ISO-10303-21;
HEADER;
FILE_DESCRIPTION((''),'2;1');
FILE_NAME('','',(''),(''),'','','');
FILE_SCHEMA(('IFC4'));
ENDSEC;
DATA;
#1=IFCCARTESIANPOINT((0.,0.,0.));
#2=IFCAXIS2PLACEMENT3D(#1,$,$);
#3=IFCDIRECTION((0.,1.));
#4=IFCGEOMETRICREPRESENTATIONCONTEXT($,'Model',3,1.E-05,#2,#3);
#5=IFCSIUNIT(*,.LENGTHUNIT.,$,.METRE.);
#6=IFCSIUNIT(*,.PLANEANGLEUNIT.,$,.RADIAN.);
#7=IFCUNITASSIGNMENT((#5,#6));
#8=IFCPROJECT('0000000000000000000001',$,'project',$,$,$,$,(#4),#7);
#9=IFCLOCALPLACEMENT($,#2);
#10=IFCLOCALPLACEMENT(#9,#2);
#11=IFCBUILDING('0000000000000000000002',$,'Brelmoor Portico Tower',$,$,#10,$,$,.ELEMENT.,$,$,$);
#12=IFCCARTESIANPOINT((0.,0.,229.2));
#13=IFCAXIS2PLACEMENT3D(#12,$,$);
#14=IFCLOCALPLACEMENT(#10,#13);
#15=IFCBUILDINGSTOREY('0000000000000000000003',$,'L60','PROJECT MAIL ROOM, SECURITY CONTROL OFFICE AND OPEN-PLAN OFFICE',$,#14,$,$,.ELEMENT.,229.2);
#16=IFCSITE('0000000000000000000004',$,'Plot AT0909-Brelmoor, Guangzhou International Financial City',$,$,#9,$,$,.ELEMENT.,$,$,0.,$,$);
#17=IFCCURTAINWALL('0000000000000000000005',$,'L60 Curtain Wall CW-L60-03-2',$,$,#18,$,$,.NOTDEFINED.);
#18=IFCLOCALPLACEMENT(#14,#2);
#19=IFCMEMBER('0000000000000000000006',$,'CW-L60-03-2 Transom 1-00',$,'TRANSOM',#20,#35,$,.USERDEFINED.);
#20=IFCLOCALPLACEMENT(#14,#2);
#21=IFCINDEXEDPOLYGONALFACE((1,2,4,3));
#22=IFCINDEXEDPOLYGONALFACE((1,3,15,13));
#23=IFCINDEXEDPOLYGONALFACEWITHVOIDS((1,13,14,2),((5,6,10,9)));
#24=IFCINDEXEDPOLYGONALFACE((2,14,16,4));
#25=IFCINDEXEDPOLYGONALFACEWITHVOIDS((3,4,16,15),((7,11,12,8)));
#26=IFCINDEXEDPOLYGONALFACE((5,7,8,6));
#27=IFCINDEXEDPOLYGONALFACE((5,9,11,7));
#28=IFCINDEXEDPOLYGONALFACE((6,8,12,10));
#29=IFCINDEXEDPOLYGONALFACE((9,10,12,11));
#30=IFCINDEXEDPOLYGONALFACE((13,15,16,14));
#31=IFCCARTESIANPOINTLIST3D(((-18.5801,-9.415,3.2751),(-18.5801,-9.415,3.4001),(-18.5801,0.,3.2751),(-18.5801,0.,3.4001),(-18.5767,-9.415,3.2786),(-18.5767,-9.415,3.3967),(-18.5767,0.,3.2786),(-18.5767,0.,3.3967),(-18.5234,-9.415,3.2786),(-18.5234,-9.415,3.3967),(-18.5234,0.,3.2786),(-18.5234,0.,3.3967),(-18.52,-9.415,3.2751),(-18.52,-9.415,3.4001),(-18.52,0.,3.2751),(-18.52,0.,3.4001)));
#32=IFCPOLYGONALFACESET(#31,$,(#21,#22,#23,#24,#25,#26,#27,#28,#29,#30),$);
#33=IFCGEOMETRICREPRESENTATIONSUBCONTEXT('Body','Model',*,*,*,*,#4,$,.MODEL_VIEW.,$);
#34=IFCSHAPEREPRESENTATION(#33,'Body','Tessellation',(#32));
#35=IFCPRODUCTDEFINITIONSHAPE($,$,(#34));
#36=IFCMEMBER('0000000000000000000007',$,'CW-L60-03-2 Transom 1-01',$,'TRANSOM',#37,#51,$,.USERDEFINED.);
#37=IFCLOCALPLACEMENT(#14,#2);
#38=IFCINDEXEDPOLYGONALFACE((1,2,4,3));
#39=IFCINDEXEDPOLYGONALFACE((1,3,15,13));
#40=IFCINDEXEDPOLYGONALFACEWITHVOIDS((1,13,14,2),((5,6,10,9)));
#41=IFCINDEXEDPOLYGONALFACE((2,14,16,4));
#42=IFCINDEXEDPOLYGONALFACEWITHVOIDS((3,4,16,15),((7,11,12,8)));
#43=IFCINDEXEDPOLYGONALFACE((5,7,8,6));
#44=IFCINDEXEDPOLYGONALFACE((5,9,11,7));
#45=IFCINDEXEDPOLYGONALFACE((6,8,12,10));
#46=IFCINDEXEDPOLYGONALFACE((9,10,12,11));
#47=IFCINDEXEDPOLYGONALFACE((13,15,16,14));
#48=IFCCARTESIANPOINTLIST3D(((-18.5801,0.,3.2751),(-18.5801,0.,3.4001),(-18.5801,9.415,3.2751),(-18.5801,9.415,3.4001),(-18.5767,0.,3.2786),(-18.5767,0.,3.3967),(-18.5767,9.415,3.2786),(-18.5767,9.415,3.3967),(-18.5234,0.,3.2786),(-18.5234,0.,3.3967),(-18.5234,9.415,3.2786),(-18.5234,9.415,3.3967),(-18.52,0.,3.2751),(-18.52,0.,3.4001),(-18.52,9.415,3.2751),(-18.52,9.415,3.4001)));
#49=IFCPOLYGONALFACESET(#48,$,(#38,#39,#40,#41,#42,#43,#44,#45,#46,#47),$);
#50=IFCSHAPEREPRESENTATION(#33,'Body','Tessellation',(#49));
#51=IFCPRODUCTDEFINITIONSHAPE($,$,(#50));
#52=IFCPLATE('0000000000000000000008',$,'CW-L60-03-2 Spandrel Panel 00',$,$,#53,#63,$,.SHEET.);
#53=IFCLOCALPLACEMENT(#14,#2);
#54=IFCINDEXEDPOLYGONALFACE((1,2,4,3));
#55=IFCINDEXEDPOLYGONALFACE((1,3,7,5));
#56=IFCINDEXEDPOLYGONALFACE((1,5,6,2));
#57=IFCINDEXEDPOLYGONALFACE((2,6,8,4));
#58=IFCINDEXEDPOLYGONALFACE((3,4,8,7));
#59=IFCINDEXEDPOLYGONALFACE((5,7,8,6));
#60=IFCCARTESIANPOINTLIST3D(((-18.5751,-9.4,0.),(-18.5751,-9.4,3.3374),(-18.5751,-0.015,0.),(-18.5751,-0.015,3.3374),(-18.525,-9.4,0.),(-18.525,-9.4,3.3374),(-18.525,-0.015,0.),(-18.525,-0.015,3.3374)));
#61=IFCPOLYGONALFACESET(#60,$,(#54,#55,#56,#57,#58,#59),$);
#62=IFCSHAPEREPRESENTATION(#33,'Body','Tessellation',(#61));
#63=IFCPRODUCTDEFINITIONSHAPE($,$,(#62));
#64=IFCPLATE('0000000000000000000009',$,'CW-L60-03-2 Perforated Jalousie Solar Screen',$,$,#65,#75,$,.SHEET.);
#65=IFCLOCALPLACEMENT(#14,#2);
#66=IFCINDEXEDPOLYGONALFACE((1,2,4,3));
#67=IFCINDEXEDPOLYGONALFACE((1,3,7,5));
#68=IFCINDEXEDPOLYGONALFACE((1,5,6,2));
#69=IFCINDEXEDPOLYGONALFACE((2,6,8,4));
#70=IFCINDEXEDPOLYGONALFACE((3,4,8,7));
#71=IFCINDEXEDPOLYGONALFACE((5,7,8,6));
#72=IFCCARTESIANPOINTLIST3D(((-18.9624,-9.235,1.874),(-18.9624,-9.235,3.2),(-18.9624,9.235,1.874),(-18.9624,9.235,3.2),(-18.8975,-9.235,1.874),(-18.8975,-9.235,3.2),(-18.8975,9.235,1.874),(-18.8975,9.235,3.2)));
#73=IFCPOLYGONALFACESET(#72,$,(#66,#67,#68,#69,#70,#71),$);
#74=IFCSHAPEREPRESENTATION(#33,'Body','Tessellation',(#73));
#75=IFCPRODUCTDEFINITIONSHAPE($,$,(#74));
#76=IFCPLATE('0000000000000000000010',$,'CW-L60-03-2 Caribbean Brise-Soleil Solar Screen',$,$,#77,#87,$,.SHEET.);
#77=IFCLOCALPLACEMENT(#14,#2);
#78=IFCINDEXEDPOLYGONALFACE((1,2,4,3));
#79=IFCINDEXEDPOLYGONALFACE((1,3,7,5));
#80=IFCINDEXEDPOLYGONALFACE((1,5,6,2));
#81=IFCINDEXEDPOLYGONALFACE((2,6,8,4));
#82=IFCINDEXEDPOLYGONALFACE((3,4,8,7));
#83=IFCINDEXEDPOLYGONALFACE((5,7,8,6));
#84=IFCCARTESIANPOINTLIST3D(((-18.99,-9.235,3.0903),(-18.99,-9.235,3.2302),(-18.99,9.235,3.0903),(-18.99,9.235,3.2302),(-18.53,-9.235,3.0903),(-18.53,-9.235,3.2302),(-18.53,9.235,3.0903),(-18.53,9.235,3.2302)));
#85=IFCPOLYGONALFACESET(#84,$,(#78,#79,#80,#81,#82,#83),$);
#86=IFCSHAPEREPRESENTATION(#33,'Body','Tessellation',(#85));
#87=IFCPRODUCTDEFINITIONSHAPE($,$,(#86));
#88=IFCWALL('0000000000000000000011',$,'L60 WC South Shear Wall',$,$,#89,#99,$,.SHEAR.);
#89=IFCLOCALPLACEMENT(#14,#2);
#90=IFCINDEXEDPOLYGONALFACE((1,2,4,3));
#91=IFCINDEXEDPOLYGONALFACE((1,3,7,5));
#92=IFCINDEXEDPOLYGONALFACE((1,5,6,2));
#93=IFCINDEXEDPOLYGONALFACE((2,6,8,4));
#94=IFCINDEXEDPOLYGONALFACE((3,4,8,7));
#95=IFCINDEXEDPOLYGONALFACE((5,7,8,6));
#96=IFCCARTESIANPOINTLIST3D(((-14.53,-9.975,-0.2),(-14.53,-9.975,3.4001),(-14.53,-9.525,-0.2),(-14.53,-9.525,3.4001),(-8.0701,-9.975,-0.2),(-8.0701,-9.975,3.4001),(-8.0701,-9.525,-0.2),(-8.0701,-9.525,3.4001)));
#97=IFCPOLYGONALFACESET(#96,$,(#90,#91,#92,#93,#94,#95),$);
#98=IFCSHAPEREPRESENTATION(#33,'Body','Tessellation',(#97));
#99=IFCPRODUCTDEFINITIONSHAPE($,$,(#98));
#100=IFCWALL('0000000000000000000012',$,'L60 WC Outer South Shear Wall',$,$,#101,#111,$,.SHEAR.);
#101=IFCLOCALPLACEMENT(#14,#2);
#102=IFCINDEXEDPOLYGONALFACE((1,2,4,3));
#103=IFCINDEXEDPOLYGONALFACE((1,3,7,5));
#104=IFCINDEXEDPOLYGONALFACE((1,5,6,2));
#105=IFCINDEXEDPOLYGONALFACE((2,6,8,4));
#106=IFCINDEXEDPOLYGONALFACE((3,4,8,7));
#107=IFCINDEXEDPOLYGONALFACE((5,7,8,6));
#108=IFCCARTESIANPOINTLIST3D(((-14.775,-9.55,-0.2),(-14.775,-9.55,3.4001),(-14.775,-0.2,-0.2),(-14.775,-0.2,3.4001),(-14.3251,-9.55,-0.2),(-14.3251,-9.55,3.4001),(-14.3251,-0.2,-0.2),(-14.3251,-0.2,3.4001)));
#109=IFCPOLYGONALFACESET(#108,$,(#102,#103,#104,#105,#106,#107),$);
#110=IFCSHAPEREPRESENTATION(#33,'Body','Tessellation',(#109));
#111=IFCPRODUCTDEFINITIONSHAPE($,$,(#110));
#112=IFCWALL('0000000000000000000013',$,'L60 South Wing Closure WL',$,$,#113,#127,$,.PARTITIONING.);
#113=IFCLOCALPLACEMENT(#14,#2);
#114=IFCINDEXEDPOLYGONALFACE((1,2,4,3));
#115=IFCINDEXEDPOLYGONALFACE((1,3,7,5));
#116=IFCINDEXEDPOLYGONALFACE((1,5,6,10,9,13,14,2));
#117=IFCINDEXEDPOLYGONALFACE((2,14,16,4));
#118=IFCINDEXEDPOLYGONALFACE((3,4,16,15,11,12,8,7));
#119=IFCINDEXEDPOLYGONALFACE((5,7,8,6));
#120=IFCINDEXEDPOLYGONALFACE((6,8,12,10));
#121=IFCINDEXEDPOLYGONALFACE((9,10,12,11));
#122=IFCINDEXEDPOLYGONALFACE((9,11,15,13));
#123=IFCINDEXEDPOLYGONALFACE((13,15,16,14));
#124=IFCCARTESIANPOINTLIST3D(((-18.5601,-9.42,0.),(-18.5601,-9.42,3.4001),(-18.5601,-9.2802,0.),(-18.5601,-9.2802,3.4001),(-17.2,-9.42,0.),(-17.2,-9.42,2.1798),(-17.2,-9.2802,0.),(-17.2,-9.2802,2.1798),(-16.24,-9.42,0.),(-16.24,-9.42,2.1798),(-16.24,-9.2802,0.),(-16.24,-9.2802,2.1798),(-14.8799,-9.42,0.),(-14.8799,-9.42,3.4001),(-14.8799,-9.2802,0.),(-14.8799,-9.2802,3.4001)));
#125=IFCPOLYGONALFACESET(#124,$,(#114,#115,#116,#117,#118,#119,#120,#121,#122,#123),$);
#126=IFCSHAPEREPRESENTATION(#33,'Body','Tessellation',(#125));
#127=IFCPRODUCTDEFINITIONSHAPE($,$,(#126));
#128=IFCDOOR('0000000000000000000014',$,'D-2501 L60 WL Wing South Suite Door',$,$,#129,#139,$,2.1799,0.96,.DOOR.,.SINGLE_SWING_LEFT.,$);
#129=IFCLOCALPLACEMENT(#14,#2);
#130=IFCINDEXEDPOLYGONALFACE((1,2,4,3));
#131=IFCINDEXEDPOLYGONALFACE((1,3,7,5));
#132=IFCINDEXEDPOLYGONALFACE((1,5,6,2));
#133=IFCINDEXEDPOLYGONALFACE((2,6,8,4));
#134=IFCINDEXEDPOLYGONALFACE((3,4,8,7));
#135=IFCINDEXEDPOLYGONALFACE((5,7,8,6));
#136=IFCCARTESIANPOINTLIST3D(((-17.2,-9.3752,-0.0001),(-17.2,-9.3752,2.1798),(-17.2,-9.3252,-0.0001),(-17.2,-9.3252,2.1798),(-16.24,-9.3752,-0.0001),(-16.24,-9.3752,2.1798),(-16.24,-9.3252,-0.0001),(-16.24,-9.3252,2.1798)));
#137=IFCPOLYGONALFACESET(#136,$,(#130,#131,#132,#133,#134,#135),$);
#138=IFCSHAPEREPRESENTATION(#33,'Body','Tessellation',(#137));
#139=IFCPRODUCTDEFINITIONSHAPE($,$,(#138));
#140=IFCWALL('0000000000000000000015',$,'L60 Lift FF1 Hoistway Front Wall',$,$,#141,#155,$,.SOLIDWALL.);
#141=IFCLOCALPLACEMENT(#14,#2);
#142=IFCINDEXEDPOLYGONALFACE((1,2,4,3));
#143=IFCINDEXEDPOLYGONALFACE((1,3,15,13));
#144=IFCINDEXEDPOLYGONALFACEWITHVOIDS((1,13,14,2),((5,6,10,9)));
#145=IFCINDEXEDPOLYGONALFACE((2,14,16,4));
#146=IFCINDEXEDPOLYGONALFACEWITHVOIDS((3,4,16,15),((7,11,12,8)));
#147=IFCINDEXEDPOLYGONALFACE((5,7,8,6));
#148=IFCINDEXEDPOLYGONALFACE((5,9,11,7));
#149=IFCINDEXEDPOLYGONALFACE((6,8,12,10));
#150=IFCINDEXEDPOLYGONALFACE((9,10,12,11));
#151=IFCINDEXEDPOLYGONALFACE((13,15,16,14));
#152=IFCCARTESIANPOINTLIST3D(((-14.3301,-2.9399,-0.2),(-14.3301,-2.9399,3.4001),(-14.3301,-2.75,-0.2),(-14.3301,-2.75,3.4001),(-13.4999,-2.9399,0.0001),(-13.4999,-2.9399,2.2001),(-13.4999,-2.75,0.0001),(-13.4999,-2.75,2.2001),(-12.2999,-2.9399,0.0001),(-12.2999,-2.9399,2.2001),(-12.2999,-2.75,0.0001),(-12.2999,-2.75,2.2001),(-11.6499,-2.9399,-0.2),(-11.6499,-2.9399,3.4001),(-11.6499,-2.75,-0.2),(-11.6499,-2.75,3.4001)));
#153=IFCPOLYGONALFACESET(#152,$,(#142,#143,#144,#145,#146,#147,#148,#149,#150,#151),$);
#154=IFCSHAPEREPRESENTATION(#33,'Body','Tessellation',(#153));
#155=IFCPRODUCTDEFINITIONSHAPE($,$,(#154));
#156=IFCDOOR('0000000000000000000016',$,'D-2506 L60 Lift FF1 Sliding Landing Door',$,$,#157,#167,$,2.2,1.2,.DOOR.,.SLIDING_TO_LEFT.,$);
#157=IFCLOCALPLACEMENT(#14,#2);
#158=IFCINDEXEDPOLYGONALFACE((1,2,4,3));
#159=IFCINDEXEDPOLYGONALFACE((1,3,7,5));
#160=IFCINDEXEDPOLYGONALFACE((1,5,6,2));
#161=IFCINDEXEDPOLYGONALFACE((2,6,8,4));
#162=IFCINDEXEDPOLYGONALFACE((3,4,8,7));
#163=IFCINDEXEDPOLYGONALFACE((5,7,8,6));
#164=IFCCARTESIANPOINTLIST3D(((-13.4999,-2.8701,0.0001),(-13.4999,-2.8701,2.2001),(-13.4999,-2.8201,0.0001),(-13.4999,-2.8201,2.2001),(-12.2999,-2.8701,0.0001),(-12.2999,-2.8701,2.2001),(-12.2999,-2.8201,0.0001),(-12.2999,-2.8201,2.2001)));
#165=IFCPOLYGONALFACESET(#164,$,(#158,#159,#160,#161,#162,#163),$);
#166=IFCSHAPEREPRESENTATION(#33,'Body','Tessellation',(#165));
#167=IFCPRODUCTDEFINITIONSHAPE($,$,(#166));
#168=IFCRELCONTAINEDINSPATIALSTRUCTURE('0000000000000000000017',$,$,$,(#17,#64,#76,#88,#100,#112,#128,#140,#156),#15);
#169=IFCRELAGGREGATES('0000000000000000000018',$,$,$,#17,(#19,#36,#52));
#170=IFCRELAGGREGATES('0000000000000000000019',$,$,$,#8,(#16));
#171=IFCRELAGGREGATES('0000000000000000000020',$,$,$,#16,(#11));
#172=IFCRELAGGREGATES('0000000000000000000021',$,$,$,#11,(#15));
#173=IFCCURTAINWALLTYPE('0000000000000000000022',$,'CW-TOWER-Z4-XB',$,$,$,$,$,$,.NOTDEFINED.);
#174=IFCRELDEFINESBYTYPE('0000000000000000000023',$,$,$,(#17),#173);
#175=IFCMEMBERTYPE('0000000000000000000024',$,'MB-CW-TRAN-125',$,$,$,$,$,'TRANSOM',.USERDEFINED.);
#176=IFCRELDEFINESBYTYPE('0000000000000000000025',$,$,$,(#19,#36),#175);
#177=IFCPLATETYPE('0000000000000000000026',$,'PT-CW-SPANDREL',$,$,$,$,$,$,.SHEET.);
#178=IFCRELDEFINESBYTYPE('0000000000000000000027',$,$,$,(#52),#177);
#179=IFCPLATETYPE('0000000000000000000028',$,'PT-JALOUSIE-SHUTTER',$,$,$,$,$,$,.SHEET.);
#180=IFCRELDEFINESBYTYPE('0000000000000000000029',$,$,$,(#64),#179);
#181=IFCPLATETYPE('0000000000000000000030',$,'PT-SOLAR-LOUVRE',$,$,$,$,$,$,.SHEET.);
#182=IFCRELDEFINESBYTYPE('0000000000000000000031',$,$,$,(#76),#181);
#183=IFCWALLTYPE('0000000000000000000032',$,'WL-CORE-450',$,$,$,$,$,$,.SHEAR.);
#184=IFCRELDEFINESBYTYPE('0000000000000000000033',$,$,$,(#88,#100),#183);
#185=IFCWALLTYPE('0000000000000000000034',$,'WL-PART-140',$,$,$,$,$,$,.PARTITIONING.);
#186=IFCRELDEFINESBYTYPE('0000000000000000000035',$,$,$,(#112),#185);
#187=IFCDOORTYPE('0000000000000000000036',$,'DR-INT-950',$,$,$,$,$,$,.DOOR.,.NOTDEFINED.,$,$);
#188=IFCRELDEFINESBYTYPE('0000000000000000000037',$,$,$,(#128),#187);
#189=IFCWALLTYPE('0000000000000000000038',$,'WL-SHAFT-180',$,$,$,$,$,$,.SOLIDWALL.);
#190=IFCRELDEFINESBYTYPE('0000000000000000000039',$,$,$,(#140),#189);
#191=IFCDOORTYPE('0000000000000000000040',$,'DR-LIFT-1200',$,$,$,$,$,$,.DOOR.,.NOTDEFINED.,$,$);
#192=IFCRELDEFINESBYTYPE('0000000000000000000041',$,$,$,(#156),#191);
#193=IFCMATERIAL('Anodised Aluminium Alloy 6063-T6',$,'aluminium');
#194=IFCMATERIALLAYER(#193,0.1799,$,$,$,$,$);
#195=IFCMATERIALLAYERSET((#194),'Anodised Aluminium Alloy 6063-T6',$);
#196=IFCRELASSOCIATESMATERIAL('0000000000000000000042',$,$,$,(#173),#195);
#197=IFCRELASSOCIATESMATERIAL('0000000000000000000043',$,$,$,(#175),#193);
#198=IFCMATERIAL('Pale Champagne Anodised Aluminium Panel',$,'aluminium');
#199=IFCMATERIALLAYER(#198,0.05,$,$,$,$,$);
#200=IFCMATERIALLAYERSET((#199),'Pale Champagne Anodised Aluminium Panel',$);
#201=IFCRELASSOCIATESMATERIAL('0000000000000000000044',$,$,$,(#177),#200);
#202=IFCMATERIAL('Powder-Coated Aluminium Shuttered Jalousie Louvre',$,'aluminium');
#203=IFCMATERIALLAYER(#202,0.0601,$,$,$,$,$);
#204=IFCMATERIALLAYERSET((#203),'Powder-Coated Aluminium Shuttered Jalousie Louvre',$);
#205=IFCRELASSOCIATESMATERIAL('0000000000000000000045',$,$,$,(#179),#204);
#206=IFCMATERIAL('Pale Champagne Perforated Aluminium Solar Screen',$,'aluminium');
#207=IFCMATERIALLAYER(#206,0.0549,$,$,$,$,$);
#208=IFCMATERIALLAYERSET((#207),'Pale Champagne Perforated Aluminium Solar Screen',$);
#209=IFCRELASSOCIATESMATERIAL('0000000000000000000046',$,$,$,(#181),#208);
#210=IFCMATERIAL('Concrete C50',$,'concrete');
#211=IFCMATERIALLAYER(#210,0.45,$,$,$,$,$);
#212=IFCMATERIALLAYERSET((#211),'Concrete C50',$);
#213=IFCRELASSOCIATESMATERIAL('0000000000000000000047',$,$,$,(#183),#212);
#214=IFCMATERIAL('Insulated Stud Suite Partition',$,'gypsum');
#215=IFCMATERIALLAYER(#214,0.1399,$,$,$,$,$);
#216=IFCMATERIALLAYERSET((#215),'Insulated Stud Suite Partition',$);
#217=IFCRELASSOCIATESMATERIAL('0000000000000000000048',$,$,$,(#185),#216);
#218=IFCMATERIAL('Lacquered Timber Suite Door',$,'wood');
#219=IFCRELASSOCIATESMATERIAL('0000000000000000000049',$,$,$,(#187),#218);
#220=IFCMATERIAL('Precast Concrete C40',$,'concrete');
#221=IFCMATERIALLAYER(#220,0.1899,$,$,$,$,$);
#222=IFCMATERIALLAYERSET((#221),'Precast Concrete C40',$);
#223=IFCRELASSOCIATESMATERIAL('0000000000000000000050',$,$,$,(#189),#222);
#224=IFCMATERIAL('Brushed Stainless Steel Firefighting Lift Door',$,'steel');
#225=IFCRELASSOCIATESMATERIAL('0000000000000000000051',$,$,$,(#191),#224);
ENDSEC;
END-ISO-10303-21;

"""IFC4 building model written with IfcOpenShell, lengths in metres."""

from ifc_helpers import new_model, si_unit, direction, frame, frame_2d, origin, origin_2d, place, context, subcontext, project, spatial, rectangle, hollow_rectangle, extrude, material, layer, layer_set, material_profile, profile_set, type_object, element, fill, aggregate, save


model = new_model("IFC4")

# Units and contexts
model_context = context("Model", 3, precision=1e-05, world=origin(), true_north=direction((0.0, 1.0)))
body_context = subcontext(model_context, "Body", "Model", "MODEL_VIEW")
ifc_project = project(units=[si_unit("LENGTHUNIT", "METRE"), si_unit("PLANEANGLEUNIT", "RADIAN")], contexts=[model_context])

# Site, building, storey
site_placement = place(None, origin())
site = spatial("IfcSite", under=ifc_project, at=site_placement, Name="Plot AT0909-Brelmoor, Guangzhou International Financial City", CompositionType="ELEMENT", RefElevation=0.0)
building_placement = place(site_placement, origin())
building = spatial("IfcBuilding", under=site, at=building_placement, Name="Brelmoor Portico Tower", CompositionType="ELEMENT")
storey_placement = place(building_placement, frame((0.0, 0.0, 229.2)))
storey = spatial("IfcBuildingStorey", under=building, at=storey_placement, Name="L60", Description="PROJECT MAIL ROOM, SECURITY CONTROL OFFICE AND OPEN-PLAN OFFICE", CompositionType="ELEMENT", Elevation=229.2)

# Curtain wall, members, plate
ifc_material_1 = material(Name="Anodised Aluminium Alloy 6063-T6", Category="aluminium")
ifc_layer_1 = layer(ifc_material_1, 0.1799)
ifc_layer_set_1 = layer_set([ifc_layer_1], Name="Anodised Aluminium Alloy 6063-T6")
curtain_wall_type = type_object("IfcCurtainWallType", Name="CW-TOWER-Z4-XB", PredefinedType="NOTDEFINED", material=ifc_layer_set_1)
curtain_wall_placement = place(storey_placement, origin())
curtain_wall = element("IfcCurtainWall", 1, at=curtain_wall_placement, inside=storey, type_object=curtain_wall_type, Name="L60 Curtain Wall CW-L60-03-2", PredefinedType="NOTDEFINED")
ifc_material_profile_1 = material_profile(ifc_material_1, hollow_rectangle(XDim=0.0601, YDim=0.125, WallThickness=0.0034, at=origin_2d()), Name="ALU TRANSOM 60x125")
ifc_profile_set_1 = profile_set([ifc_material_profile_1], Name="Anodised Aluminium Alloy 6063-T6")
member_type_1 = type_object("IfcMemberType", Name="MB-CW-TRAN-125", ElementType="TRANSOM", PredefinedType="USERDEFINED", material=ifc_profile_set_1)
member_1_placement = place(storey_placement, frame((-18.55, -9.415, 3.3376), z_axis=(0.0, 1.0, 0.0), x_axis=(-1.0, 0.0, 0.0)))
member_1 = element("IfcMember", 2, at=member_1_placement, type_object=member_type_1, Name="CW-L60-03-2 Transom 1-00", ObjectType="TRANSOM", PredefinedType="USERDEFINED", context=body_context, shape_type="SweptSolid", body=[
    extrude(hollow_rectangle(XDim=0.0601, YDim=0.125, WallThickness=0.0034, at=origin_2d()), origin(), (0.0, 0.0, 1.0), 9.415),
])
member_2_placement = place(storey_placement, frame((-18.55, 0.0, 3.3376), z_axis=(0.0, 1.0, 0.0), x_axis=(-1.0, 0.0, 0.0)))
member_2 = element("IfcMember", 3, at=member_2_placement, type_object=member_type_1, Name="CW-L60-03-2 Transom 1-01", ObjectType="TRANSOM", PredefinedType="USERDEFINED", context=body_context, shape_type="SweptSolid", body=[
    extrude(hollow_rectangle(XDim=0.0601, YDim=0.125, WallThickness=0.0034, at=origin_2d()), origin(), (0.0, 0.0, 1.0), 9.415),
])
ifc_material_2 = material(Name="Pale Champagne Anodised Aluminium Panel", Category="aluminium")
ifc_layer_2 = layer(ifc_material_2, 0.05)
ifc_layer_set_2 = layer_set([ifc_layer_2], Name="Pale Champagne Anodised Aluminium Panel")
plate_type_1 = type_object("IfcPlateType", Name="PT-CW-SPANDREL", PredefinedType="SHEET", material=ifc_layer_set_2)
plate_1_placement = place(storey_placement, frame((-18.55, -4.7075, 0.0), z_axis=(0.0, 0.0, 1.0), x_axis=(0.0, 1.0, 0.0)))
plate_1 = element("IfcPlate", 4, at=plate_1_placement, type_object=plate_type_1, Name="CW-L60-03-2 Spandrel Panel 00", PredefinedType="SHEET", context=body_context, shape_type="SweptSolid", body=[
    extrude(rectangle(XDim=9.385, YDim=0.05, at=origin_2d()), origin(), (0.0, 0.0, 1.0), 3.3374),
])
aggregate(curtain_wall, [member_1, member_2, plate_1])

# Plates
ifc_material_3 = material(Name="Powder-Coated Aluminium Shuttered Jalousie Louvre", Category="aluminium")
ifc_layer_3 = layer(ifc_material_3, 0.0601)
ifc_layer_set_3 = layer_set([ifc_layer_3], Name="Powder-Coated Aluminium Shuttered Jalousie Louvre")
plate_type_2 = type_object("IfcPlateType", Name="PT-JALOUSIE-SHUTTER", PredefinedType="SHEET", material=ifc_layer_set_3)
plate_2_placement = place(storey_placement, frame((-18.9299, 0.0, 1.874), z_axis=(0.0, 0.0, 1.0), x_axis=(0.0, 1.0, 0.0)))
element("IfcPlate", 5, at=plate_2_placement, inside=storey, type_object=plate_type_2, Name="CW-L60-03-2 Perforated Jalousie Solar Screen", PredefinedType="SHEET", context=body_context, shape_type="SweptSolid", body=[
    extrude(rectangle(XDim=18.47, YDim=0.0649, at=origin_2d()), origin(), (0.0, 0.0, 1.0), 1.3259),
])
ifc_material_4 = material(Name="Pale Champagne Perforated Aluminium Solar Screen", Category="aluminium")
ifc_layer_4 = layer(ifc_material_4, 0.0549)
ifc_layer_set_4 = layer_set([ifc_layer_4], Name="Pale Champagne Perforated Aluminium Solar Screen")
plate_type_3 = type_object("IfcPlateType", Name="PT-SOLAR-LOUVRE", PredefinedType="SHEET", material=ifc_layer_set_4)
plate_3_placement = place(storey_placement, frame((-18.76, 0.0, 3.0903), z_axis=(0.0, 0.0, 1.0), x_axis=(0.0, 1.0, 0.0)))
element("IfcPlate", 6, at=plate_3_placement, inside=storey, type_object=plate_type_3, Name="CW-L60-03-2 Caribbean Brise-Soleil Solar Screen", PredefinedType="SHEET", context=body_context, shape_type="SweptSolid", body=[
    extrude(rectangle(XDim=18.47, YDim=0.46, at=origin_2d()), origin(), (0.0, 0.0, 1.0), 0.1399),
])

# Walls
ifc_material_5 = material(Name="Concrete C50", Category="concrete")
ifc_layer_5 = layer(ifc_material_5, 0.45)
ifc_layer_set_5 = layer_set([ifc_layer_5], Name="Concrete C50")
wall_type_1 = type_object("IfcWallType", Name="WL-CORE-450", PredefinedType="SHEAR", material=ifc_layer_set_5)
wall_1_placement = place(storey_placement, frame((-14.53, -9.75, -0.2), z_axis=(0.0, 0.0, 1.0), x_axis=(1.0, 0.0, 0.0)))
element("IfcWall", 7, at=wall_1_placement, inside=storey, type_object=wall_type_1, Name="L60 WC South Shear Wall", PredefinedType="SHEAR", context=body_context, shape_type="SweptSolid", body=[
    extrude(rectangle(XDim=6.46, YDim=0.45, at=frame_2d((3.23, 0.0))), origin(), (0.0, 0.0, 1.0), 3.6001),
])
wall_2_placement = place(storey_placement, frame((-14.55, -9.55, -0.2), z_axis=(0.0, 0.0, 1.0), x_axis=(0.0, 1.0, 0.0)))
element("IfcWall", 8, at=wall_2_placement, inside=storey, type_object=wall_type_1, Name="L60 WC Outer South Shear Wall", PredefinedType="SHEAR", context=body_context, shape_type="SweptSolid", body=[
    extrude(rectangle(XDim=9.3501, YDim=0.45, at=frame_2d((4.675, 0.0))), origin(), (0.0, 0.0, 1.0), 3.6001),
])

# Walls, openings, doors
ifc_material_6 = material(Name="Insulated Stud Suite Partition", Category="gypsum")
ifc_layer_6 = layer(ifc_material_6, 0.1399)
ifc_layer_set_6 = layer_set([ifc_layer_6], Name="Insulated Stud Suite Partition")
wall_type_2 = type_object("IfcWallType", Name="WL-PART-140", PredefinedType="PARTITIONING", material=ifc_layer_set_6)
wall_3_placement = place(storey_placement, frame((-18.5601, -9.3501, 0.0), z_axis=(0.0, 0.0, 1.0), x_axis=(1.0, 0.0, 0.0)))
wall_3 = element("IfcWall", 9, at=wall_3_placement, inside=storey, type_object=wall_type_2, Name="L60 South Wing Closure WL", PredefinedType="PARTITIONING", context=body_context, shape_type="SweptSolid", body=[
    extrude(rectangle(XDim=3.6802, YDim=0.1399, at=frame_2d((1.8401, 0.0))), origin(), (0.0, 0.0, 1.0), 3.4001),
])
opening_1_placement = place(wall_3_placement, frame((1.3601, 0.0, 0.0)))
opening_1 = element("IfcOpeningElement", 10, at=opening_1_placement, cuts=wall_3, PredefinedType="OPENING", context=body_context, shape_type="SweptSolid", body=[
    extrude(rectangle(XDim=0.96, YDim=2.1799, at=frame_2d((0.48, 1.0898))), frame((0.0, 0.0798, 0.0), z_axis=(0.0, -1.0, 0.0), x_axis=(1.0, 0.0, 0.0)), (0.0, 0.0, 1.0), 0.1599),
])
ifc_material_7 = material(Name="Lacquered Timber Suite Door", Category="wood")
door_type_1 = type_object("IfcDoorType", Name="DR-INT-950", OperationType="NOTDEFINED", PredefinedType="DOOR", material=ifc_material_7)
door_1_placement = place(opening_1_placement, origin())
door_1 = element("IfcDoor", 11, at=door_1_placement, inside=storey, type_object=door_type_1, Name="D-2501 L60 WL Wing South Suite Door", OperationType="SINGLE_SWING_LEFT", OverallHeight=2.1799, OverallWidth=0.96, PredefinedType="DOOR", context=body_context, shape_type="SweptSolid", body=[
    extrude(rectangle(XDim=0.96, YDim=2.1799, at=frame_2d((0.48, 1.0898))), frame((0.0, 0.0249, 0.0), z_axis=(0.0, -1.0, 0.0), x_axis=(1.0, 0.0, 0.0)), (0.0, 0.0, 1.0), 0.05),
])
fill(opening_1, door_1)
ifc_material_8 = material(Name="Precast Concrete C40", Category="concrete")
ifc_layer_7 = layer(ifc_material_8, 0.1899)
ifc_layer_set_7 = layer_set([ifc_layer_7], Name="Precast Concrete C40")
wall_type_3 = type_object("IfcWallType", Name="WL-SHAFT-180", PredefinedType="SOLIDWALL", material=ifc_layer_set_7)
wall_4_placement = place(storey_placement, frame((-14.3301, -2.845, -0.2), z_axis=(0.0, 0.0, 1.0), x_axis=(1.0, 0.0, 0.0)))
wall_4 = element("IfcWall", 12, at=wall_4_placement, inside=storey, type_object=wall_type_3, Name="L60 Lift FF1 Hoistway Front Wall", PredefinedType="SOLIDWALL", context=body_context, shape_type="SweptSolid", body=[
    extrude(rectangle(XDim=2.6802, YDim=0.1899, at=frame_2d((1.3401, 0.0))), origin(), (0.0, 0.0, 1.0), 3.6001),
])
opening_2_placement = place(wall_4_placement, frame((0.8301, 0.0, 0.2)))
opening_2 = element("IfcOpeningElement", 13, at=opening_2_placement, cuts=wall_4, PredefinedType="OPENING", context=body_context, shape_type="SweptSolid", body=[
    extrude(rectangle(XDim=1.2, YDim=2.2, at=frame_2d((0.6001, 1.1001))), frame((0.0, 0.105, 0.0), z_axis=(0.0, -1.0, 0.0), x_axis=(1.0, 0.0, 0.0)), (0.0, 0.0, 1.0), 0.21),
])
ifc_material_9 = material(Name="Brushed Stainless Steel Firefighting Lift Door", Category="steel")
door_type_2 = type_object("IfcDoorType", Name="DR-LIFT-1200", OperationType="NOTDEFINED", PredefinedType="DOOR", material=ifc_material_9)
door_2_placement = place(opening_2_placement, origin())
door_2 = element("IfcDoor", 14, at=door_2_placement, inside=storey, type_object=door_type_2, Name="D-2506 L60 Lift FF1 Sliding Landing Door", OperationType="SLIDING_TO_LEFT", OverallHeight=2.2, OverallWidth=1.2, PredefinedType="DOOR", context=body_context, shape_type="SweptSolid", body=[
    extrude(rectangle(XDim=1.2, YDim=2.2, at=frame_2d((0.6001, 1.1001))), frame((0.0, 0.0249, 0.0), z_axis=(0.0, -1.0, 0.0), x_axis=(1.0, 0.0, 0.0)), (0.0, 0.0, 1.0), 0.05),
])
fill(opening_2, door_2)

save(model, "model.ifc")
